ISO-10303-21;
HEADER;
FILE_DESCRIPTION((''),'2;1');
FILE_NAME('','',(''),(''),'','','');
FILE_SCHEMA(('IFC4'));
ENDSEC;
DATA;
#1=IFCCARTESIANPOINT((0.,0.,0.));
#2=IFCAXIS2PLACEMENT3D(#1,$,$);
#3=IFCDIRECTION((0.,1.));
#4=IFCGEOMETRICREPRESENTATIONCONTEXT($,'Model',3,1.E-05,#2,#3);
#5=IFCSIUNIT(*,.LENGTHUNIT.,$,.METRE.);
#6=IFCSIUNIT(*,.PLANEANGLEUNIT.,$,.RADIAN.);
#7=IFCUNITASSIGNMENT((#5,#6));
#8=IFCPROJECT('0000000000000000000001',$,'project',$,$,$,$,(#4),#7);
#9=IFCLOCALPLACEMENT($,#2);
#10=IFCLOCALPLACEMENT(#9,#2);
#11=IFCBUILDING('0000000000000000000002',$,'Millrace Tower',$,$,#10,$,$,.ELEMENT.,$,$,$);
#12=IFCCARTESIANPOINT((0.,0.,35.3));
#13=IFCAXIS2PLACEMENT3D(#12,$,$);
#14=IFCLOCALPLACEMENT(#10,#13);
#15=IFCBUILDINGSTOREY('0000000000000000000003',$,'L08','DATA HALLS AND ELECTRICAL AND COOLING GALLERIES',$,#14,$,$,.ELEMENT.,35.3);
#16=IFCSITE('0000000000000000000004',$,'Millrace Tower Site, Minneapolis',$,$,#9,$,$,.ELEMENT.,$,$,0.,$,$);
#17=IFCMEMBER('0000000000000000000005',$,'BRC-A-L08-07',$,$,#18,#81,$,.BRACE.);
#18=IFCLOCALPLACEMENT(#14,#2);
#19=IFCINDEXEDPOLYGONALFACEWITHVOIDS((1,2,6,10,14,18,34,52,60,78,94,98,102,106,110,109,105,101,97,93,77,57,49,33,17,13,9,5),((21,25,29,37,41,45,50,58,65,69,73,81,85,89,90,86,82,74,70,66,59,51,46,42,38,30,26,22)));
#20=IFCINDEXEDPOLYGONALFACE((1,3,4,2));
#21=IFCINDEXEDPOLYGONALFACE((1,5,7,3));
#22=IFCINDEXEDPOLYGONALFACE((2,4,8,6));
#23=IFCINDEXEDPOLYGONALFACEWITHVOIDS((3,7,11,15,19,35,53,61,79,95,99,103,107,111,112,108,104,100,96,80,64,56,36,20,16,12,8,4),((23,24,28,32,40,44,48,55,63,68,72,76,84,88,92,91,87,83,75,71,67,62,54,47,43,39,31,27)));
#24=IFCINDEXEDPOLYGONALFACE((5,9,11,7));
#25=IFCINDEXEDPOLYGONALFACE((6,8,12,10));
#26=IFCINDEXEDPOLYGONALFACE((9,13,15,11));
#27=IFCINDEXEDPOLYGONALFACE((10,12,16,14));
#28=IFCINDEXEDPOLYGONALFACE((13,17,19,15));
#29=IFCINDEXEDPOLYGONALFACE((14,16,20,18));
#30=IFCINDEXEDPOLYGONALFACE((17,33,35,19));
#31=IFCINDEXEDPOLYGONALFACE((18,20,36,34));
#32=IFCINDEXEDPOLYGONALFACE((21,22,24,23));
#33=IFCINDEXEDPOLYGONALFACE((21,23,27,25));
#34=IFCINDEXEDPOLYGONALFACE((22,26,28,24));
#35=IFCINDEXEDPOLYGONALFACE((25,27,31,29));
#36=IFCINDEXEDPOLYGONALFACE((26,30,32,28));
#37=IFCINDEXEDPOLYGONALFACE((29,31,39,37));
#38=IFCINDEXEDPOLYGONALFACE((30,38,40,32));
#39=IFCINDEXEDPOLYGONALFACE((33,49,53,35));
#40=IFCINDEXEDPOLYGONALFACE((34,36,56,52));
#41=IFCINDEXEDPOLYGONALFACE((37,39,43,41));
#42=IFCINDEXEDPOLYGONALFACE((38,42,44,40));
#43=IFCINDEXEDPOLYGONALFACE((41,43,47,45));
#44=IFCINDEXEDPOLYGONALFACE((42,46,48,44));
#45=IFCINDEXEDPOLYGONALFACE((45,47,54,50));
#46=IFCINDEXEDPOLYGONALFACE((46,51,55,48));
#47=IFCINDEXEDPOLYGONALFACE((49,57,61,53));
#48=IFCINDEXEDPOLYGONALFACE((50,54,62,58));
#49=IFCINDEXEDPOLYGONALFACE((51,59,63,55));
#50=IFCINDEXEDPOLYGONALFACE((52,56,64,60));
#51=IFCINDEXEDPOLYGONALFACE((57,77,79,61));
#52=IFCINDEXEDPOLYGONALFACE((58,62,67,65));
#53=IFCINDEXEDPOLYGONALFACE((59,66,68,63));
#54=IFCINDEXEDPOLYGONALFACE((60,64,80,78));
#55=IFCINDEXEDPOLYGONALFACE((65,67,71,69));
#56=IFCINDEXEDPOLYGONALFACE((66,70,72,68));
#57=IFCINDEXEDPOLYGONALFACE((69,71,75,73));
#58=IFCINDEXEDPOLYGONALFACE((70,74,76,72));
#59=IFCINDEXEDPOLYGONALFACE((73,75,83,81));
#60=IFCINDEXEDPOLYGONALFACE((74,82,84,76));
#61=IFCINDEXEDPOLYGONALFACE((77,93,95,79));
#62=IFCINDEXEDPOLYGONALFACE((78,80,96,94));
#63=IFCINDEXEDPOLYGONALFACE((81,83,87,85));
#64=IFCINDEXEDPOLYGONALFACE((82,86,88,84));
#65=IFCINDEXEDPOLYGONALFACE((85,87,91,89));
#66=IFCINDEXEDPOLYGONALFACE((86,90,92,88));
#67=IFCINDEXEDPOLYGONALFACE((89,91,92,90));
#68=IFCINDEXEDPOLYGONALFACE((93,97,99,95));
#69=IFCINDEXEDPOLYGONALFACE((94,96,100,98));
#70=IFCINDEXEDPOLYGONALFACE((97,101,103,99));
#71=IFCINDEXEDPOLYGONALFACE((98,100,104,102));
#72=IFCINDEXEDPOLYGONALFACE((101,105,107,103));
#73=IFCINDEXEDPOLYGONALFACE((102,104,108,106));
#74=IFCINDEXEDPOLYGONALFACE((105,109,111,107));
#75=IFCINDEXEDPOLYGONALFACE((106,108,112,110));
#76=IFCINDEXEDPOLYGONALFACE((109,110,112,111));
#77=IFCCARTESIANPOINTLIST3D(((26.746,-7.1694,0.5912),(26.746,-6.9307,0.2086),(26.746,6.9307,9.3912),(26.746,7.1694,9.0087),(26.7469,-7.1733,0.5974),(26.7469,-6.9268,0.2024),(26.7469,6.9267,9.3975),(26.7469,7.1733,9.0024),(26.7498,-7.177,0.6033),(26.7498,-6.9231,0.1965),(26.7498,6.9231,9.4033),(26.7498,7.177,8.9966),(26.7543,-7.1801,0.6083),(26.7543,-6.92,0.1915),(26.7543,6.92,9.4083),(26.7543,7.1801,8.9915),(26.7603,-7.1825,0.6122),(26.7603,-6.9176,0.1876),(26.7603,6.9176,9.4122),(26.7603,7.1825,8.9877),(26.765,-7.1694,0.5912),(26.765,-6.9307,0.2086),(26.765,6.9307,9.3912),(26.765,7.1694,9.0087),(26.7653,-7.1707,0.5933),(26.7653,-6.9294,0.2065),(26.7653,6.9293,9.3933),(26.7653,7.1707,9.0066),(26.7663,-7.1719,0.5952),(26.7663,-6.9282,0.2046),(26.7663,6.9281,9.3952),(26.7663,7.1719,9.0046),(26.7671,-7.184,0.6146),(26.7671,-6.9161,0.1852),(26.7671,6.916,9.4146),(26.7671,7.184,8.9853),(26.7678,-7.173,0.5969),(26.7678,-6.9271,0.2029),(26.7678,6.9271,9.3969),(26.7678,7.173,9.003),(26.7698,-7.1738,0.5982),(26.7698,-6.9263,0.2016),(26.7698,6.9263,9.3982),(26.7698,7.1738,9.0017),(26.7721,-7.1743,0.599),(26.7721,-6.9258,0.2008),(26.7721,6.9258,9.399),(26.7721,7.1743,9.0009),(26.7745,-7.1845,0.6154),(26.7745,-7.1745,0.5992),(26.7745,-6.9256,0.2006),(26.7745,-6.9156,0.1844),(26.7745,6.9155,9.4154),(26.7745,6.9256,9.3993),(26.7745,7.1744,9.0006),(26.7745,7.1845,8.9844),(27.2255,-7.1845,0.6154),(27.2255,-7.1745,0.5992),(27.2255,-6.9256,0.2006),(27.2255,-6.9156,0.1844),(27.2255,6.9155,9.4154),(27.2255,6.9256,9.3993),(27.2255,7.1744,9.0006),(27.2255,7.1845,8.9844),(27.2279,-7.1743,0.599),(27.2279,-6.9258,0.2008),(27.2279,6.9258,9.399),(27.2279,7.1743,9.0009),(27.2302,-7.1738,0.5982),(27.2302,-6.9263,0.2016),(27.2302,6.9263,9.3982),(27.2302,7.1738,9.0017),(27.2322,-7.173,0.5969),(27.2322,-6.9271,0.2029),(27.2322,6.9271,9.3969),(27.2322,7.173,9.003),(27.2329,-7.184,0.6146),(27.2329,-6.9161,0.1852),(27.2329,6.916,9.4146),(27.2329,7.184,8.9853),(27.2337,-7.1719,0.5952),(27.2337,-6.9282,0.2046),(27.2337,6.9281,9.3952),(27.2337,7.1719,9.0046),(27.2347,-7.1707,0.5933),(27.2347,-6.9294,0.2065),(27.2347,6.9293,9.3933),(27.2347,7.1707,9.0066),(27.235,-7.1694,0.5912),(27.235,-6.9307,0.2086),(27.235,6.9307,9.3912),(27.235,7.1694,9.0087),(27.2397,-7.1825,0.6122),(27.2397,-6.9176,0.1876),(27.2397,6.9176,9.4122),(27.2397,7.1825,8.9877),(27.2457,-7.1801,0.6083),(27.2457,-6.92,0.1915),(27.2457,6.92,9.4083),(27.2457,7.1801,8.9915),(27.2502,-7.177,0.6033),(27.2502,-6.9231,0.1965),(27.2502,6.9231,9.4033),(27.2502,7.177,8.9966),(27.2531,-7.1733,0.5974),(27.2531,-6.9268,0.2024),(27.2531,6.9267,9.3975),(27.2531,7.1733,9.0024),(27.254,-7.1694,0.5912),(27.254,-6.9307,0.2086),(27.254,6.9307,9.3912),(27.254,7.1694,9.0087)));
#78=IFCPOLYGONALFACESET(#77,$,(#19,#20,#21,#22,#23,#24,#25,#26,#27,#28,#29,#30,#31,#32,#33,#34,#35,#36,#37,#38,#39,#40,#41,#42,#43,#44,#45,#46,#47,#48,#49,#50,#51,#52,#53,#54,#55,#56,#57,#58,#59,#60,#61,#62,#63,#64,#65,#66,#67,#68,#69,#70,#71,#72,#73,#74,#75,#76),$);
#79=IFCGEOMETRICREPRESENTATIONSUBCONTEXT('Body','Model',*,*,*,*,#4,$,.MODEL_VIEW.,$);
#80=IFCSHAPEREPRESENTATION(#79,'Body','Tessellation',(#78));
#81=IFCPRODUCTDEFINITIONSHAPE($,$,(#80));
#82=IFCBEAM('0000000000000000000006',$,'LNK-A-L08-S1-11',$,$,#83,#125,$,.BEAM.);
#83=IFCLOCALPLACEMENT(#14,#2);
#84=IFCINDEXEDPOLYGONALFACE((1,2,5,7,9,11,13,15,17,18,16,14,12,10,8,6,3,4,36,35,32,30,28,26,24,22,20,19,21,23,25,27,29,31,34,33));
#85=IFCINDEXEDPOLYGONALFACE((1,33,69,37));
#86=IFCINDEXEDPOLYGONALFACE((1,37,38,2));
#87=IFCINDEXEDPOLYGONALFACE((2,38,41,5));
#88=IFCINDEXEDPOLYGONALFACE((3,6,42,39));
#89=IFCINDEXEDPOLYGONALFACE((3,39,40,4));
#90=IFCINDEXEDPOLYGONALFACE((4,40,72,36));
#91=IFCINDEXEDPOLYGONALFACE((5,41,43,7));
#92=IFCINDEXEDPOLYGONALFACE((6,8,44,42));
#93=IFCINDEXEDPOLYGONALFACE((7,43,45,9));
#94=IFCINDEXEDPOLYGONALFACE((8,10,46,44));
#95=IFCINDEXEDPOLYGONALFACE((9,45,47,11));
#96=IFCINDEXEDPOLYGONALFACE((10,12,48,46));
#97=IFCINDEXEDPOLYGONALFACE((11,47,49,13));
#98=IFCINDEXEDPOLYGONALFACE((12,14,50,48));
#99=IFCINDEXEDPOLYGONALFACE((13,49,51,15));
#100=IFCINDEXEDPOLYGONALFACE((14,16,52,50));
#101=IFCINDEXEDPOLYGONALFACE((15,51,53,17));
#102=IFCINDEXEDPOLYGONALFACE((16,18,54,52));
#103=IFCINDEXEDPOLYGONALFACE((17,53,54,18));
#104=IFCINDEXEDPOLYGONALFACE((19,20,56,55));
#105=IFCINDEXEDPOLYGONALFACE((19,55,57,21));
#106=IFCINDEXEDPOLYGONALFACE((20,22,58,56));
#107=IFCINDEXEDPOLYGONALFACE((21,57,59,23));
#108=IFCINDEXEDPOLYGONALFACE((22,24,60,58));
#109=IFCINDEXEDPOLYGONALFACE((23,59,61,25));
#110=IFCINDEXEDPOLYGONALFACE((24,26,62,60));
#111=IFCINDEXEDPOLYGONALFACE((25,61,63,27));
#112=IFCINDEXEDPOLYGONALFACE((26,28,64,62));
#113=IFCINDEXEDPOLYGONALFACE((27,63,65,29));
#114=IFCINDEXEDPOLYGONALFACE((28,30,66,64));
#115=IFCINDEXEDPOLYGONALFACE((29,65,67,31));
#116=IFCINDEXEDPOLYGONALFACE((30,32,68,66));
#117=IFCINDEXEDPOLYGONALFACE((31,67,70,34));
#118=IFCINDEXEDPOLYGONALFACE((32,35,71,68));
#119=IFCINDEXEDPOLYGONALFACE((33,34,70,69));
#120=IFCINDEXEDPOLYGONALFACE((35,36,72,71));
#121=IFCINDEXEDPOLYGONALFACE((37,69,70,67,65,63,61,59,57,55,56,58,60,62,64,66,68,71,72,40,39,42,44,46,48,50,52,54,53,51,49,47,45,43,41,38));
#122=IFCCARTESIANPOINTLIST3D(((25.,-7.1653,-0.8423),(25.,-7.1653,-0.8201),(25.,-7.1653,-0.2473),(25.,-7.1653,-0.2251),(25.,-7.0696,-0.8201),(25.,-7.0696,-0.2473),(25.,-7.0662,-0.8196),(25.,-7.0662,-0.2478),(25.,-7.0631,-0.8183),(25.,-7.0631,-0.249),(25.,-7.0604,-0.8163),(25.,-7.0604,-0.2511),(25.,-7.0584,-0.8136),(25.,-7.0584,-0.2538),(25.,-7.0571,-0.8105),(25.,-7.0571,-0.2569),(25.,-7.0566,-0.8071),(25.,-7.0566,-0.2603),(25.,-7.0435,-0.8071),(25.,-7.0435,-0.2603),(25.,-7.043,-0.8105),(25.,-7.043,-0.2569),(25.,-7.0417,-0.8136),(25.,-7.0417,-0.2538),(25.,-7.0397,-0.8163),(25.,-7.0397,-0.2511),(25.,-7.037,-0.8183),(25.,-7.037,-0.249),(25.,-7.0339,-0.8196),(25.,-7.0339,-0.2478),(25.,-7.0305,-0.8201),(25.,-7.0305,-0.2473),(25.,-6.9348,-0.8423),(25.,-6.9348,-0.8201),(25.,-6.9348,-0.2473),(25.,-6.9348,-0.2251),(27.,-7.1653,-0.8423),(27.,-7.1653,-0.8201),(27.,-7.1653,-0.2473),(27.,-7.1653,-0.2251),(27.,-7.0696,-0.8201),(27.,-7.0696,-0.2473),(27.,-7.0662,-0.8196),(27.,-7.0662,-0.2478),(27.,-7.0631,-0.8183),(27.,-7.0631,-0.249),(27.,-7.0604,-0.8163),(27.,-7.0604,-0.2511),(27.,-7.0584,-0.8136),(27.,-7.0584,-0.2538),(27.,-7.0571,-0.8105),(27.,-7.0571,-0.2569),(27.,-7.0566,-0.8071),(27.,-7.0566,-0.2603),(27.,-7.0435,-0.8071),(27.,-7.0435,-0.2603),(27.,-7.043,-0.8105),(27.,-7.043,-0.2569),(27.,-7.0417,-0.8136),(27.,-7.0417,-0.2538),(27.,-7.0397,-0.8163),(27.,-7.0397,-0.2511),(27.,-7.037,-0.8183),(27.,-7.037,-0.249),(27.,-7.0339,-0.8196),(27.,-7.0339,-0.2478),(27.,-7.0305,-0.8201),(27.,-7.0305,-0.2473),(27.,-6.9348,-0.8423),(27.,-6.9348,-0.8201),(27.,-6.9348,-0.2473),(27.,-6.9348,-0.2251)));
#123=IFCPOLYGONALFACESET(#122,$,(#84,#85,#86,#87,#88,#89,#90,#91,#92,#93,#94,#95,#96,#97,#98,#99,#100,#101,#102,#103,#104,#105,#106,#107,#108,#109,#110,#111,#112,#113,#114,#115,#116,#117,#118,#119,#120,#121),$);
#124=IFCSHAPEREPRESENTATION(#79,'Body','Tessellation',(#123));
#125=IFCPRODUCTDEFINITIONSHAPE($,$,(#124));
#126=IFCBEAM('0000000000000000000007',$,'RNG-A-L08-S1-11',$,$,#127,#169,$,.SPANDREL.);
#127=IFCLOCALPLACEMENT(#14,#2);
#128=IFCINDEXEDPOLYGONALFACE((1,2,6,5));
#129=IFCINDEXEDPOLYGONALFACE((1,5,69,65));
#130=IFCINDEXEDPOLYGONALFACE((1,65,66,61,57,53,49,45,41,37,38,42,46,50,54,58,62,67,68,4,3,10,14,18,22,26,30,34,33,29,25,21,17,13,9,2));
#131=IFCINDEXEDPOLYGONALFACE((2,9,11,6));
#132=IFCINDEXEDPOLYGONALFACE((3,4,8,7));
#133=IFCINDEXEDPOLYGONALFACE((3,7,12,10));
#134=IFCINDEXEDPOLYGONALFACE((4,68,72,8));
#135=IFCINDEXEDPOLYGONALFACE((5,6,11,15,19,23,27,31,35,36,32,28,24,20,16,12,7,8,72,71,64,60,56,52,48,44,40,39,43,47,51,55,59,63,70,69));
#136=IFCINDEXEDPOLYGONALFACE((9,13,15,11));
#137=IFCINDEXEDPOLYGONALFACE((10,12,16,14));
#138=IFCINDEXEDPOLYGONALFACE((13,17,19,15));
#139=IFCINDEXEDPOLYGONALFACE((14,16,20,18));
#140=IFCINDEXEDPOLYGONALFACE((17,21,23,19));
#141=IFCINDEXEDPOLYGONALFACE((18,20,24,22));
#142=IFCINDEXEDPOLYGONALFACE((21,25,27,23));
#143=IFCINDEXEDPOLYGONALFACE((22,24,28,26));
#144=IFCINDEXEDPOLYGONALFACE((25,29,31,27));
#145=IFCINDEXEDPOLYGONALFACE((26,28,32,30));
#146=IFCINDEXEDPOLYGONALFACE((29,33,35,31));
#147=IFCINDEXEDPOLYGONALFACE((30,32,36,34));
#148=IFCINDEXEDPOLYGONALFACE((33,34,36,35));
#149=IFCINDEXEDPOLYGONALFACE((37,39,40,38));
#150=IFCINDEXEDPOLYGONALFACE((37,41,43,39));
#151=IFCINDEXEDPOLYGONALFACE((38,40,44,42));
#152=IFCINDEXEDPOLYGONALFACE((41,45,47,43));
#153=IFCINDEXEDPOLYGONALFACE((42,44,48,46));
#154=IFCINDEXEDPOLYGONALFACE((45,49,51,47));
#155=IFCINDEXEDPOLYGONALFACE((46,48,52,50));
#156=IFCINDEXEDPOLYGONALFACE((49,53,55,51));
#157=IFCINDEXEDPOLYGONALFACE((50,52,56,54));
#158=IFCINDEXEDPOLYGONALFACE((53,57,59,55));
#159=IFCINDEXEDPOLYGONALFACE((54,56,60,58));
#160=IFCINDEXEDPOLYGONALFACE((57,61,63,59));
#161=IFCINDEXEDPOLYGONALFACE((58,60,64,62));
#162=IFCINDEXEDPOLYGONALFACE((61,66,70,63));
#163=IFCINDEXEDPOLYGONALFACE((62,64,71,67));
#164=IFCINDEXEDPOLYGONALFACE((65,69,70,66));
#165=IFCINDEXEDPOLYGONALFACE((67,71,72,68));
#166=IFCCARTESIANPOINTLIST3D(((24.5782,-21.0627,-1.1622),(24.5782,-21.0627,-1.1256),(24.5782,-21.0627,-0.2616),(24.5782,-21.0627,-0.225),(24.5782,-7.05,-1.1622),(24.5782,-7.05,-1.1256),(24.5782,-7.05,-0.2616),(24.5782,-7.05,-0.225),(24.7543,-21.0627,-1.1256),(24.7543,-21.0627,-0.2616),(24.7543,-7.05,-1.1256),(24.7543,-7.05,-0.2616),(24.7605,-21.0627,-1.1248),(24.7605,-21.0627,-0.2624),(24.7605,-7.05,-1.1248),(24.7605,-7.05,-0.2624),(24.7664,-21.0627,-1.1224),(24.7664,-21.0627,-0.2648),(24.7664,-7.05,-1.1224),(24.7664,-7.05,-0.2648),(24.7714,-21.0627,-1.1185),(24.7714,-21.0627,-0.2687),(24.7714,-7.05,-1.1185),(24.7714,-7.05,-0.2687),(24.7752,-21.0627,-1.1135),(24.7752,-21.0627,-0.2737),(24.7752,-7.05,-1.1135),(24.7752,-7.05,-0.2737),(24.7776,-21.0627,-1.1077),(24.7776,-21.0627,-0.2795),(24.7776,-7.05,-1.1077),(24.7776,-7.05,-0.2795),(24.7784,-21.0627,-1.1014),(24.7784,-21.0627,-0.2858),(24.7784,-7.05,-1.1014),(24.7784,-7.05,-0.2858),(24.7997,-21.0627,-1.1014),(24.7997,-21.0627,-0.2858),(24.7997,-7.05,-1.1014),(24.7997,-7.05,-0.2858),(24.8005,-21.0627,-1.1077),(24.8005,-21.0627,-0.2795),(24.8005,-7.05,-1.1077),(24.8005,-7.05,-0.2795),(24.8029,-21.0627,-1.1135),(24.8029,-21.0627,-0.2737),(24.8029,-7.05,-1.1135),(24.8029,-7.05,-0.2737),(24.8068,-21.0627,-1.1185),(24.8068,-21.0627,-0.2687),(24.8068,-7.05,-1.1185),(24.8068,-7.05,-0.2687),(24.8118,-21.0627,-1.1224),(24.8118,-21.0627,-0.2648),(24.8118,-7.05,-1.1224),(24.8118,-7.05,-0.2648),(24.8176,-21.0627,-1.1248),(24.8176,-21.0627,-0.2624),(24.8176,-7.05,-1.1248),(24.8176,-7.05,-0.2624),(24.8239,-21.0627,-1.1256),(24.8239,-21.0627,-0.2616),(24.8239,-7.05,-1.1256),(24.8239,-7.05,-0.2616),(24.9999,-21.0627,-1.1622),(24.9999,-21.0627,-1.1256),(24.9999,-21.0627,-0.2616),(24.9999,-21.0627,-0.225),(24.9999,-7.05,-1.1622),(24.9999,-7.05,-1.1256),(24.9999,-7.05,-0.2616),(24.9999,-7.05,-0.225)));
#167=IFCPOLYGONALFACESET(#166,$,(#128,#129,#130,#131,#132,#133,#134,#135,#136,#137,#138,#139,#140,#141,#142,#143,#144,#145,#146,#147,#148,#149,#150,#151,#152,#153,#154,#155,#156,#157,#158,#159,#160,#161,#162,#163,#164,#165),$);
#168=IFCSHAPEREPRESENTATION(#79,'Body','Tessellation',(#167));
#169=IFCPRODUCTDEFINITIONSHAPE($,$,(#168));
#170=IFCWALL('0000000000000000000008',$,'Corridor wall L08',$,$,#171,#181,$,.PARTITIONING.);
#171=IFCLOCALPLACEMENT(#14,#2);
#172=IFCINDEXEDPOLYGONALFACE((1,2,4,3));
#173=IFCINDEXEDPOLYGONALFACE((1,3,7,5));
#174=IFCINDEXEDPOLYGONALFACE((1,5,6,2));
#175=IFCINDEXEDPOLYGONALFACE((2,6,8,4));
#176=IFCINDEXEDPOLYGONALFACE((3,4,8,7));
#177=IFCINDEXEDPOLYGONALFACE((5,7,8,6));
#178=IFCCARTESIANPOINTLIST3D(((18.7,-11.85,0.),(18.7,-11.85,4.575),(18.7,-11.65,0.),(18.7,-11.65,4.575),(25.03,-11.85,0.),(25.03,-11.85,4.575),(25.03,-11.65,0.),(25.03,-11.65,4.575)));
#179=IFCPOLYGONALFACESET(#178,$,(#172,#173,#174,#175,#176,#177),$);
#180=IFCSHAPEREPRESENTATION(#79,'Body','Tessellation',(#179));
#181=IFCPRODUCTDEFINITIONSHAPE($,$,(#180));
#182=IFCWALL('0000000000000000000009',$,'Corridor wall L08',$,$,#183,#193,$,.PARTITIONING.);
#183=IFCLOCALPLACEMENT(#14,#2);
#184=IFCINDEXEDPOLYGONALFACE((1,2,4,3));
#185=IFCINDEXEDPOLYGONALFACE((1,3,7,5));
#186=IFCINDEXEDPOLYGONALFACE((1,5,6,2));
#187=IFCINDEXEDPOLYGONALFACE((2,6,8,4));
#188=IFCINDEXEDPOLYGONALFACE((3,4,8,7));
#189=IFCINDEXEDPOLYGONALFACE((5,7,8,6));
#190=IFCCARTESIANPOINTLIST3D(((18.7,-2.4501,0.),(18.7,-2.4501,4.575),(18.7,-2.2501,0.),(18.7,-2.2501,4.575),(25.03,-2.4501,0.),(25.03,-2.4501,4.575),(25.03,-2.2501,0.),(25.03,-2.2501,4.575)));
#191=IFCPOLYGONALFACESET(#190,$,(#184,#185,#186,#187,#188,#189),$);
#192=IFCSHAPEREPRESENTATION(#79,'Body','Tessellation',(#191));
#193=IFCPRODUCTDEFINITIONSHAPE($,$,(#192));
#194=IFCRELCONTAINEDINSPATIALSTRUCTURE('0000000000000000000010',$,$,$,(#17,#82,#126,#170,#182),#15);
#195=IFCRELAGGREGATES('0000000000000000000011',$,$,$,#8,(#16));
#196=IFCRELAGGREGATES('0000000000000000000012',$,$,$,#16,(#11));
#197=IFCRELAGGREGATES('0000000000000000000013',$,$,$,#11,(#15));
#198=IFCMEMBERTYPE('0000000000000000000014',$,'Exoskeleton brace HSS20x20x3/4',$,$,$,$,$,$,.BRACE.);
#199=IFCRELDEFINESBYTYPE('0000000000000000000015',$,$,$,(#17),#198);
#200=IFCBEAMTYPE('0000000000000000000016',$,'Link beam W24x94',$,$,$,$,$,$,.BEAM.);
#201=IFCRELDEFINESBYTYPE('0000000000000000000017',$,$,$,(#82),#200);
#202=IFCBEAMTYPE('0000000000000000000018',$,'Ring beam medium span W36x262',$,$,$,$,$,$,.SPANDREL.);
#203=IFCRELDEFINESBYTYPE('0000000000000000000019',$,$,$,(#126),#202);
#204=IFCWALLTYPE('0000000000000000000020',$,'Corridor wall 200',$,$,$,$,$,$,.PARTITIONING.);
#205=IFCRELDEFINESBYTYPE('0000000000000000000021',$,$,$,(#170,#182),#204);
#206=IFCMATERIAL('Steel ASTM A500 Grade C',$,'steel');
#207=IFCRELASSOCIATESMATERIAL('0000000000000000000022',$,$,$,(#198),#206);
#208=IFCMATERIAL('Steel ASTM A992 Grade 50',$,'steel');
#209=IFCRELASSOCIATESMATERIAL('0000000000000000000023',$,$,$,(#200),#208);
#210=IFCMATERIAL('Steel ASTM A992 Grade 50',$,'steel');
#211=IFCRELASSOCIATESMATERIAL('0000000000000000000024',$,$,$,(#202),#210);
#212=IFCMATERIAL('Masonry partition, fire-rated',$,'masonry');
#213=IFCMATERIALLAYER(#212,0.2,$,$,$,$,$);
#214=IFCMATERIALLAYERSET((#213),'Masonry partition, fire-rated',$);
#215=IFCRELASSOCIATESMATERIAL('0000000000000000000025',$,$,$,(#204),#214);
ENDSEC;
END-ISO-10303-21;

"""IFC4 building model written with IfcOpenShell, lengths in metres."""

from ifc_helpers import new_model, si_unit, direction, frame, frame_2d, origin, origin_2d, place, context, subcontext, project, spatial, rectangle, hollow_rectangle, i_section, extrude, material, layer, layer_set, material_profile, profile_set, type_object, element, save


model = new_model("IFC4")

# Units and contexts
model_context = context("Model", 3, precision=1e-05, world=origin(), true_north=direction((0.0, 1.0)))
body_context = subcontext(model_context, "Body", "Model", "MODEL_VIEW")
ifc_project = project(units=[si_unit("LENGTHUNIT", "METRE"), si_unit("PLANEANGLEUNIT", "RADIAN")], contexts=[model_context])

# Site, building, storey
site_placement = place(None, origin())
site = spatial("IfcSite", under=ifc_project, at=site_placement, Name="Millrace Tower Site, Minneapolis", CompositionType="ELEMENT", RefElevation=0.0)
building_placement = place(site_placement, origin())
building = spatial("IfcBuilding", under=site, at=building_placement, Name="Millrace Tower", CompositionType="ELEMENT")
storey_placement = place(building_placement, frame((0.0, 0.0, 35.3)))
storey = spatial("IfcBuildingStorey", under=building, at=storey_placement, Name="L08", Description="DATA HALLS AND ELECTRICAL AND COOLING GALLERIES", CompositionType="ELEMENT", Elevation=35.3)

# Member
ifc_material_1 = material(Name="Steel ASTM A500 Grade C", Category="steel")
ifc_material_profile_1 = material_profile(ifc_material_1, hollow_rectangle(XDim=0.5081, YDim=0.5081, WallThickness=0.019, InnerFilletRadius=0.0095, OuterFilletRadius=0.0286, at=origin_2d()))
ifc_profile_set_1 = profile_set([ifc_material_profile_1], Name="Steel ASTM A500 Grade C")
member_type_1 = type_object("IfcMemberType", Name="Exoskeleton brace HSS20x20x3/4", PredefinedType="BRACE", material=ifc_profile_set_1)
member_1_placement = place(storey_placement, frame((27.0, -7.05, 0.3999), z_axis=(0.0, 0.848336, 0.529457), x_axis=(-1.0, 0.0, 0.0)))
element("IfcMember", 1, at=member_1_placement, inside=storey, type_object=member_type_1, Name="BRC-A-L08-07", PredefinedType="BRACE", context=body_context, shape_type="SweptSolid", body=[
    extrude(hollow_rectangle(XDim=0.5081, YDim=0.5081, WallThickness=0.019, InnerFilletRadius=0.0095, OuterFilletRadius=0.0286, at=origin_2d()), origin(), (0.0, 0.0, 1.0), 16.6208),
])

# Beams
ifc_material_2 = material(Name="Steel ASTM A992 Grade 50", Category="steel")
ifc_material_profile_2 = material_profile(ifc_material_2, i_section(OverallWidth=0.2305, OverallDepth=0.6172, WebThickness=0.0132, FlangeThickness=0.0222, FilletRadius=0.0129, at=origin_2d()))
ifc_profile_set_2 = profile_set([ifc_material_profile_2], Name="Steel ASTM A992 Grade 50")
beam_type_1 = type_object("IfcBeamType", Name="Link beam W24x94", PredefinedType="BEAM", material=ifc_profile_set_2)
beam_1_placement = place(storey_placement, frame((25.0, -7.05, -0.5337), z_axis=(1.0, 0.0, 0.0), x_axis=(0.0, 1.0, 0.0)))
element("IfcBeam", 2, at=beam_1_placement, inside=storey, type_object=beam_type_1, Name="LNK-A-L08-S1-11", PredefinedType="BEAM", context=body_context, shape_type="SweptSolid", body=[
    extrude(i_section(OverallWidth=0.2305, OverallDepth=0.6172, WebThickness=0.0132, FlangeThickness=0.0222, FilletRadius=0.0129, at=origin_2d()), origin(), (0.0, 0.0, 1.0), 2.0),
])
ifc_material_3 = material(Name="Steel ASTM A992 Grade 50", Category="steel")
ifc_material_profile_3 = material_profile(ifc_material_3, i_section(OverallWidth=0.4216, OverallDepth=0.9373, WebThickness=0.0212, FlangeThickness=0.0366, FilletRadius=0.0242, at=origin_2d()))
ifc_profile_set_3 = profile_set([ifc_material_profile_3], Name="Steel ASTM A992 Grade 50")
beam_type_2 = type_object("IfcBeamType", Name="Ring beam medium span W36x262", PredefinedType="SPANDREL", material=ifc_profile_set_3)
beam_2_placement = place(storey_placement, frame((24.7891, -7.05, -0.6936), z_axis=(0.0, -1.0, 0.0), x_axis=(1.0, 0.0, 0.0)))
element("IfcBeam", 3, at=beam_2_placement, inside=storey, type_object=beam_type_2, Name="RNG-A-L08-S1-11", PredefinedType="SPANDREL", context=body_context, shape_type="SweptSolid", body=[
    extrude(i_section(OverallWidth=0.4216, OverallDepth=0.9373, WebThickness=0.0212, FlangeThickness=0.0366, FilletRadius=0.0242, at=origin_2d()), origin(), (0.0, 0.0, 1.0), 14.0127),
])

# Walls
ifc_material_4 = material(Name="Masonry partition, fire-rated", Category="masonry")
ifc_layer_1 = layer(ifc_material_4, 0.2)
ifc_layer_set_1 = layer_set([ifc_layer_1], Name="Masonry partition, fire-rated")
wall_type_1 = type_object("IfcWallType", Name="Corridor wall 200", PredefinedType="PARTITIONING", material=ifc_layer_set_1)
for number, where, z_axis, x_axis, name in (
    (4, (18.7, -11.75, 0.0), (0.0, 0.0, 1.0), (1.0, 0.0, 0.0), "Corridor wall L08"),
    (5, (18.7, -2.3501, 0.0), (0.0, 0.0, 1.0), (1.0, 0.0, 0.0), "Corridor wall L08"),
):
    element("IfcWall", number, at=place(storey_placement, frame(where, z_axis=z_axis, x_axis=x_axis)), inside=storey, type_object=wall_type_1, Name=name, PredefinedType="PARTITIONING", context=body_context, shape_type="SweptSolid", body=[
        extrude(rectangle(XDim=6.3301, YDim=0.2, at=frame_2d((3.165, 0.0))), origin(), (0.0, 0.0, 1.0), 4.575),
    ])

save(model, "model.ifc")
